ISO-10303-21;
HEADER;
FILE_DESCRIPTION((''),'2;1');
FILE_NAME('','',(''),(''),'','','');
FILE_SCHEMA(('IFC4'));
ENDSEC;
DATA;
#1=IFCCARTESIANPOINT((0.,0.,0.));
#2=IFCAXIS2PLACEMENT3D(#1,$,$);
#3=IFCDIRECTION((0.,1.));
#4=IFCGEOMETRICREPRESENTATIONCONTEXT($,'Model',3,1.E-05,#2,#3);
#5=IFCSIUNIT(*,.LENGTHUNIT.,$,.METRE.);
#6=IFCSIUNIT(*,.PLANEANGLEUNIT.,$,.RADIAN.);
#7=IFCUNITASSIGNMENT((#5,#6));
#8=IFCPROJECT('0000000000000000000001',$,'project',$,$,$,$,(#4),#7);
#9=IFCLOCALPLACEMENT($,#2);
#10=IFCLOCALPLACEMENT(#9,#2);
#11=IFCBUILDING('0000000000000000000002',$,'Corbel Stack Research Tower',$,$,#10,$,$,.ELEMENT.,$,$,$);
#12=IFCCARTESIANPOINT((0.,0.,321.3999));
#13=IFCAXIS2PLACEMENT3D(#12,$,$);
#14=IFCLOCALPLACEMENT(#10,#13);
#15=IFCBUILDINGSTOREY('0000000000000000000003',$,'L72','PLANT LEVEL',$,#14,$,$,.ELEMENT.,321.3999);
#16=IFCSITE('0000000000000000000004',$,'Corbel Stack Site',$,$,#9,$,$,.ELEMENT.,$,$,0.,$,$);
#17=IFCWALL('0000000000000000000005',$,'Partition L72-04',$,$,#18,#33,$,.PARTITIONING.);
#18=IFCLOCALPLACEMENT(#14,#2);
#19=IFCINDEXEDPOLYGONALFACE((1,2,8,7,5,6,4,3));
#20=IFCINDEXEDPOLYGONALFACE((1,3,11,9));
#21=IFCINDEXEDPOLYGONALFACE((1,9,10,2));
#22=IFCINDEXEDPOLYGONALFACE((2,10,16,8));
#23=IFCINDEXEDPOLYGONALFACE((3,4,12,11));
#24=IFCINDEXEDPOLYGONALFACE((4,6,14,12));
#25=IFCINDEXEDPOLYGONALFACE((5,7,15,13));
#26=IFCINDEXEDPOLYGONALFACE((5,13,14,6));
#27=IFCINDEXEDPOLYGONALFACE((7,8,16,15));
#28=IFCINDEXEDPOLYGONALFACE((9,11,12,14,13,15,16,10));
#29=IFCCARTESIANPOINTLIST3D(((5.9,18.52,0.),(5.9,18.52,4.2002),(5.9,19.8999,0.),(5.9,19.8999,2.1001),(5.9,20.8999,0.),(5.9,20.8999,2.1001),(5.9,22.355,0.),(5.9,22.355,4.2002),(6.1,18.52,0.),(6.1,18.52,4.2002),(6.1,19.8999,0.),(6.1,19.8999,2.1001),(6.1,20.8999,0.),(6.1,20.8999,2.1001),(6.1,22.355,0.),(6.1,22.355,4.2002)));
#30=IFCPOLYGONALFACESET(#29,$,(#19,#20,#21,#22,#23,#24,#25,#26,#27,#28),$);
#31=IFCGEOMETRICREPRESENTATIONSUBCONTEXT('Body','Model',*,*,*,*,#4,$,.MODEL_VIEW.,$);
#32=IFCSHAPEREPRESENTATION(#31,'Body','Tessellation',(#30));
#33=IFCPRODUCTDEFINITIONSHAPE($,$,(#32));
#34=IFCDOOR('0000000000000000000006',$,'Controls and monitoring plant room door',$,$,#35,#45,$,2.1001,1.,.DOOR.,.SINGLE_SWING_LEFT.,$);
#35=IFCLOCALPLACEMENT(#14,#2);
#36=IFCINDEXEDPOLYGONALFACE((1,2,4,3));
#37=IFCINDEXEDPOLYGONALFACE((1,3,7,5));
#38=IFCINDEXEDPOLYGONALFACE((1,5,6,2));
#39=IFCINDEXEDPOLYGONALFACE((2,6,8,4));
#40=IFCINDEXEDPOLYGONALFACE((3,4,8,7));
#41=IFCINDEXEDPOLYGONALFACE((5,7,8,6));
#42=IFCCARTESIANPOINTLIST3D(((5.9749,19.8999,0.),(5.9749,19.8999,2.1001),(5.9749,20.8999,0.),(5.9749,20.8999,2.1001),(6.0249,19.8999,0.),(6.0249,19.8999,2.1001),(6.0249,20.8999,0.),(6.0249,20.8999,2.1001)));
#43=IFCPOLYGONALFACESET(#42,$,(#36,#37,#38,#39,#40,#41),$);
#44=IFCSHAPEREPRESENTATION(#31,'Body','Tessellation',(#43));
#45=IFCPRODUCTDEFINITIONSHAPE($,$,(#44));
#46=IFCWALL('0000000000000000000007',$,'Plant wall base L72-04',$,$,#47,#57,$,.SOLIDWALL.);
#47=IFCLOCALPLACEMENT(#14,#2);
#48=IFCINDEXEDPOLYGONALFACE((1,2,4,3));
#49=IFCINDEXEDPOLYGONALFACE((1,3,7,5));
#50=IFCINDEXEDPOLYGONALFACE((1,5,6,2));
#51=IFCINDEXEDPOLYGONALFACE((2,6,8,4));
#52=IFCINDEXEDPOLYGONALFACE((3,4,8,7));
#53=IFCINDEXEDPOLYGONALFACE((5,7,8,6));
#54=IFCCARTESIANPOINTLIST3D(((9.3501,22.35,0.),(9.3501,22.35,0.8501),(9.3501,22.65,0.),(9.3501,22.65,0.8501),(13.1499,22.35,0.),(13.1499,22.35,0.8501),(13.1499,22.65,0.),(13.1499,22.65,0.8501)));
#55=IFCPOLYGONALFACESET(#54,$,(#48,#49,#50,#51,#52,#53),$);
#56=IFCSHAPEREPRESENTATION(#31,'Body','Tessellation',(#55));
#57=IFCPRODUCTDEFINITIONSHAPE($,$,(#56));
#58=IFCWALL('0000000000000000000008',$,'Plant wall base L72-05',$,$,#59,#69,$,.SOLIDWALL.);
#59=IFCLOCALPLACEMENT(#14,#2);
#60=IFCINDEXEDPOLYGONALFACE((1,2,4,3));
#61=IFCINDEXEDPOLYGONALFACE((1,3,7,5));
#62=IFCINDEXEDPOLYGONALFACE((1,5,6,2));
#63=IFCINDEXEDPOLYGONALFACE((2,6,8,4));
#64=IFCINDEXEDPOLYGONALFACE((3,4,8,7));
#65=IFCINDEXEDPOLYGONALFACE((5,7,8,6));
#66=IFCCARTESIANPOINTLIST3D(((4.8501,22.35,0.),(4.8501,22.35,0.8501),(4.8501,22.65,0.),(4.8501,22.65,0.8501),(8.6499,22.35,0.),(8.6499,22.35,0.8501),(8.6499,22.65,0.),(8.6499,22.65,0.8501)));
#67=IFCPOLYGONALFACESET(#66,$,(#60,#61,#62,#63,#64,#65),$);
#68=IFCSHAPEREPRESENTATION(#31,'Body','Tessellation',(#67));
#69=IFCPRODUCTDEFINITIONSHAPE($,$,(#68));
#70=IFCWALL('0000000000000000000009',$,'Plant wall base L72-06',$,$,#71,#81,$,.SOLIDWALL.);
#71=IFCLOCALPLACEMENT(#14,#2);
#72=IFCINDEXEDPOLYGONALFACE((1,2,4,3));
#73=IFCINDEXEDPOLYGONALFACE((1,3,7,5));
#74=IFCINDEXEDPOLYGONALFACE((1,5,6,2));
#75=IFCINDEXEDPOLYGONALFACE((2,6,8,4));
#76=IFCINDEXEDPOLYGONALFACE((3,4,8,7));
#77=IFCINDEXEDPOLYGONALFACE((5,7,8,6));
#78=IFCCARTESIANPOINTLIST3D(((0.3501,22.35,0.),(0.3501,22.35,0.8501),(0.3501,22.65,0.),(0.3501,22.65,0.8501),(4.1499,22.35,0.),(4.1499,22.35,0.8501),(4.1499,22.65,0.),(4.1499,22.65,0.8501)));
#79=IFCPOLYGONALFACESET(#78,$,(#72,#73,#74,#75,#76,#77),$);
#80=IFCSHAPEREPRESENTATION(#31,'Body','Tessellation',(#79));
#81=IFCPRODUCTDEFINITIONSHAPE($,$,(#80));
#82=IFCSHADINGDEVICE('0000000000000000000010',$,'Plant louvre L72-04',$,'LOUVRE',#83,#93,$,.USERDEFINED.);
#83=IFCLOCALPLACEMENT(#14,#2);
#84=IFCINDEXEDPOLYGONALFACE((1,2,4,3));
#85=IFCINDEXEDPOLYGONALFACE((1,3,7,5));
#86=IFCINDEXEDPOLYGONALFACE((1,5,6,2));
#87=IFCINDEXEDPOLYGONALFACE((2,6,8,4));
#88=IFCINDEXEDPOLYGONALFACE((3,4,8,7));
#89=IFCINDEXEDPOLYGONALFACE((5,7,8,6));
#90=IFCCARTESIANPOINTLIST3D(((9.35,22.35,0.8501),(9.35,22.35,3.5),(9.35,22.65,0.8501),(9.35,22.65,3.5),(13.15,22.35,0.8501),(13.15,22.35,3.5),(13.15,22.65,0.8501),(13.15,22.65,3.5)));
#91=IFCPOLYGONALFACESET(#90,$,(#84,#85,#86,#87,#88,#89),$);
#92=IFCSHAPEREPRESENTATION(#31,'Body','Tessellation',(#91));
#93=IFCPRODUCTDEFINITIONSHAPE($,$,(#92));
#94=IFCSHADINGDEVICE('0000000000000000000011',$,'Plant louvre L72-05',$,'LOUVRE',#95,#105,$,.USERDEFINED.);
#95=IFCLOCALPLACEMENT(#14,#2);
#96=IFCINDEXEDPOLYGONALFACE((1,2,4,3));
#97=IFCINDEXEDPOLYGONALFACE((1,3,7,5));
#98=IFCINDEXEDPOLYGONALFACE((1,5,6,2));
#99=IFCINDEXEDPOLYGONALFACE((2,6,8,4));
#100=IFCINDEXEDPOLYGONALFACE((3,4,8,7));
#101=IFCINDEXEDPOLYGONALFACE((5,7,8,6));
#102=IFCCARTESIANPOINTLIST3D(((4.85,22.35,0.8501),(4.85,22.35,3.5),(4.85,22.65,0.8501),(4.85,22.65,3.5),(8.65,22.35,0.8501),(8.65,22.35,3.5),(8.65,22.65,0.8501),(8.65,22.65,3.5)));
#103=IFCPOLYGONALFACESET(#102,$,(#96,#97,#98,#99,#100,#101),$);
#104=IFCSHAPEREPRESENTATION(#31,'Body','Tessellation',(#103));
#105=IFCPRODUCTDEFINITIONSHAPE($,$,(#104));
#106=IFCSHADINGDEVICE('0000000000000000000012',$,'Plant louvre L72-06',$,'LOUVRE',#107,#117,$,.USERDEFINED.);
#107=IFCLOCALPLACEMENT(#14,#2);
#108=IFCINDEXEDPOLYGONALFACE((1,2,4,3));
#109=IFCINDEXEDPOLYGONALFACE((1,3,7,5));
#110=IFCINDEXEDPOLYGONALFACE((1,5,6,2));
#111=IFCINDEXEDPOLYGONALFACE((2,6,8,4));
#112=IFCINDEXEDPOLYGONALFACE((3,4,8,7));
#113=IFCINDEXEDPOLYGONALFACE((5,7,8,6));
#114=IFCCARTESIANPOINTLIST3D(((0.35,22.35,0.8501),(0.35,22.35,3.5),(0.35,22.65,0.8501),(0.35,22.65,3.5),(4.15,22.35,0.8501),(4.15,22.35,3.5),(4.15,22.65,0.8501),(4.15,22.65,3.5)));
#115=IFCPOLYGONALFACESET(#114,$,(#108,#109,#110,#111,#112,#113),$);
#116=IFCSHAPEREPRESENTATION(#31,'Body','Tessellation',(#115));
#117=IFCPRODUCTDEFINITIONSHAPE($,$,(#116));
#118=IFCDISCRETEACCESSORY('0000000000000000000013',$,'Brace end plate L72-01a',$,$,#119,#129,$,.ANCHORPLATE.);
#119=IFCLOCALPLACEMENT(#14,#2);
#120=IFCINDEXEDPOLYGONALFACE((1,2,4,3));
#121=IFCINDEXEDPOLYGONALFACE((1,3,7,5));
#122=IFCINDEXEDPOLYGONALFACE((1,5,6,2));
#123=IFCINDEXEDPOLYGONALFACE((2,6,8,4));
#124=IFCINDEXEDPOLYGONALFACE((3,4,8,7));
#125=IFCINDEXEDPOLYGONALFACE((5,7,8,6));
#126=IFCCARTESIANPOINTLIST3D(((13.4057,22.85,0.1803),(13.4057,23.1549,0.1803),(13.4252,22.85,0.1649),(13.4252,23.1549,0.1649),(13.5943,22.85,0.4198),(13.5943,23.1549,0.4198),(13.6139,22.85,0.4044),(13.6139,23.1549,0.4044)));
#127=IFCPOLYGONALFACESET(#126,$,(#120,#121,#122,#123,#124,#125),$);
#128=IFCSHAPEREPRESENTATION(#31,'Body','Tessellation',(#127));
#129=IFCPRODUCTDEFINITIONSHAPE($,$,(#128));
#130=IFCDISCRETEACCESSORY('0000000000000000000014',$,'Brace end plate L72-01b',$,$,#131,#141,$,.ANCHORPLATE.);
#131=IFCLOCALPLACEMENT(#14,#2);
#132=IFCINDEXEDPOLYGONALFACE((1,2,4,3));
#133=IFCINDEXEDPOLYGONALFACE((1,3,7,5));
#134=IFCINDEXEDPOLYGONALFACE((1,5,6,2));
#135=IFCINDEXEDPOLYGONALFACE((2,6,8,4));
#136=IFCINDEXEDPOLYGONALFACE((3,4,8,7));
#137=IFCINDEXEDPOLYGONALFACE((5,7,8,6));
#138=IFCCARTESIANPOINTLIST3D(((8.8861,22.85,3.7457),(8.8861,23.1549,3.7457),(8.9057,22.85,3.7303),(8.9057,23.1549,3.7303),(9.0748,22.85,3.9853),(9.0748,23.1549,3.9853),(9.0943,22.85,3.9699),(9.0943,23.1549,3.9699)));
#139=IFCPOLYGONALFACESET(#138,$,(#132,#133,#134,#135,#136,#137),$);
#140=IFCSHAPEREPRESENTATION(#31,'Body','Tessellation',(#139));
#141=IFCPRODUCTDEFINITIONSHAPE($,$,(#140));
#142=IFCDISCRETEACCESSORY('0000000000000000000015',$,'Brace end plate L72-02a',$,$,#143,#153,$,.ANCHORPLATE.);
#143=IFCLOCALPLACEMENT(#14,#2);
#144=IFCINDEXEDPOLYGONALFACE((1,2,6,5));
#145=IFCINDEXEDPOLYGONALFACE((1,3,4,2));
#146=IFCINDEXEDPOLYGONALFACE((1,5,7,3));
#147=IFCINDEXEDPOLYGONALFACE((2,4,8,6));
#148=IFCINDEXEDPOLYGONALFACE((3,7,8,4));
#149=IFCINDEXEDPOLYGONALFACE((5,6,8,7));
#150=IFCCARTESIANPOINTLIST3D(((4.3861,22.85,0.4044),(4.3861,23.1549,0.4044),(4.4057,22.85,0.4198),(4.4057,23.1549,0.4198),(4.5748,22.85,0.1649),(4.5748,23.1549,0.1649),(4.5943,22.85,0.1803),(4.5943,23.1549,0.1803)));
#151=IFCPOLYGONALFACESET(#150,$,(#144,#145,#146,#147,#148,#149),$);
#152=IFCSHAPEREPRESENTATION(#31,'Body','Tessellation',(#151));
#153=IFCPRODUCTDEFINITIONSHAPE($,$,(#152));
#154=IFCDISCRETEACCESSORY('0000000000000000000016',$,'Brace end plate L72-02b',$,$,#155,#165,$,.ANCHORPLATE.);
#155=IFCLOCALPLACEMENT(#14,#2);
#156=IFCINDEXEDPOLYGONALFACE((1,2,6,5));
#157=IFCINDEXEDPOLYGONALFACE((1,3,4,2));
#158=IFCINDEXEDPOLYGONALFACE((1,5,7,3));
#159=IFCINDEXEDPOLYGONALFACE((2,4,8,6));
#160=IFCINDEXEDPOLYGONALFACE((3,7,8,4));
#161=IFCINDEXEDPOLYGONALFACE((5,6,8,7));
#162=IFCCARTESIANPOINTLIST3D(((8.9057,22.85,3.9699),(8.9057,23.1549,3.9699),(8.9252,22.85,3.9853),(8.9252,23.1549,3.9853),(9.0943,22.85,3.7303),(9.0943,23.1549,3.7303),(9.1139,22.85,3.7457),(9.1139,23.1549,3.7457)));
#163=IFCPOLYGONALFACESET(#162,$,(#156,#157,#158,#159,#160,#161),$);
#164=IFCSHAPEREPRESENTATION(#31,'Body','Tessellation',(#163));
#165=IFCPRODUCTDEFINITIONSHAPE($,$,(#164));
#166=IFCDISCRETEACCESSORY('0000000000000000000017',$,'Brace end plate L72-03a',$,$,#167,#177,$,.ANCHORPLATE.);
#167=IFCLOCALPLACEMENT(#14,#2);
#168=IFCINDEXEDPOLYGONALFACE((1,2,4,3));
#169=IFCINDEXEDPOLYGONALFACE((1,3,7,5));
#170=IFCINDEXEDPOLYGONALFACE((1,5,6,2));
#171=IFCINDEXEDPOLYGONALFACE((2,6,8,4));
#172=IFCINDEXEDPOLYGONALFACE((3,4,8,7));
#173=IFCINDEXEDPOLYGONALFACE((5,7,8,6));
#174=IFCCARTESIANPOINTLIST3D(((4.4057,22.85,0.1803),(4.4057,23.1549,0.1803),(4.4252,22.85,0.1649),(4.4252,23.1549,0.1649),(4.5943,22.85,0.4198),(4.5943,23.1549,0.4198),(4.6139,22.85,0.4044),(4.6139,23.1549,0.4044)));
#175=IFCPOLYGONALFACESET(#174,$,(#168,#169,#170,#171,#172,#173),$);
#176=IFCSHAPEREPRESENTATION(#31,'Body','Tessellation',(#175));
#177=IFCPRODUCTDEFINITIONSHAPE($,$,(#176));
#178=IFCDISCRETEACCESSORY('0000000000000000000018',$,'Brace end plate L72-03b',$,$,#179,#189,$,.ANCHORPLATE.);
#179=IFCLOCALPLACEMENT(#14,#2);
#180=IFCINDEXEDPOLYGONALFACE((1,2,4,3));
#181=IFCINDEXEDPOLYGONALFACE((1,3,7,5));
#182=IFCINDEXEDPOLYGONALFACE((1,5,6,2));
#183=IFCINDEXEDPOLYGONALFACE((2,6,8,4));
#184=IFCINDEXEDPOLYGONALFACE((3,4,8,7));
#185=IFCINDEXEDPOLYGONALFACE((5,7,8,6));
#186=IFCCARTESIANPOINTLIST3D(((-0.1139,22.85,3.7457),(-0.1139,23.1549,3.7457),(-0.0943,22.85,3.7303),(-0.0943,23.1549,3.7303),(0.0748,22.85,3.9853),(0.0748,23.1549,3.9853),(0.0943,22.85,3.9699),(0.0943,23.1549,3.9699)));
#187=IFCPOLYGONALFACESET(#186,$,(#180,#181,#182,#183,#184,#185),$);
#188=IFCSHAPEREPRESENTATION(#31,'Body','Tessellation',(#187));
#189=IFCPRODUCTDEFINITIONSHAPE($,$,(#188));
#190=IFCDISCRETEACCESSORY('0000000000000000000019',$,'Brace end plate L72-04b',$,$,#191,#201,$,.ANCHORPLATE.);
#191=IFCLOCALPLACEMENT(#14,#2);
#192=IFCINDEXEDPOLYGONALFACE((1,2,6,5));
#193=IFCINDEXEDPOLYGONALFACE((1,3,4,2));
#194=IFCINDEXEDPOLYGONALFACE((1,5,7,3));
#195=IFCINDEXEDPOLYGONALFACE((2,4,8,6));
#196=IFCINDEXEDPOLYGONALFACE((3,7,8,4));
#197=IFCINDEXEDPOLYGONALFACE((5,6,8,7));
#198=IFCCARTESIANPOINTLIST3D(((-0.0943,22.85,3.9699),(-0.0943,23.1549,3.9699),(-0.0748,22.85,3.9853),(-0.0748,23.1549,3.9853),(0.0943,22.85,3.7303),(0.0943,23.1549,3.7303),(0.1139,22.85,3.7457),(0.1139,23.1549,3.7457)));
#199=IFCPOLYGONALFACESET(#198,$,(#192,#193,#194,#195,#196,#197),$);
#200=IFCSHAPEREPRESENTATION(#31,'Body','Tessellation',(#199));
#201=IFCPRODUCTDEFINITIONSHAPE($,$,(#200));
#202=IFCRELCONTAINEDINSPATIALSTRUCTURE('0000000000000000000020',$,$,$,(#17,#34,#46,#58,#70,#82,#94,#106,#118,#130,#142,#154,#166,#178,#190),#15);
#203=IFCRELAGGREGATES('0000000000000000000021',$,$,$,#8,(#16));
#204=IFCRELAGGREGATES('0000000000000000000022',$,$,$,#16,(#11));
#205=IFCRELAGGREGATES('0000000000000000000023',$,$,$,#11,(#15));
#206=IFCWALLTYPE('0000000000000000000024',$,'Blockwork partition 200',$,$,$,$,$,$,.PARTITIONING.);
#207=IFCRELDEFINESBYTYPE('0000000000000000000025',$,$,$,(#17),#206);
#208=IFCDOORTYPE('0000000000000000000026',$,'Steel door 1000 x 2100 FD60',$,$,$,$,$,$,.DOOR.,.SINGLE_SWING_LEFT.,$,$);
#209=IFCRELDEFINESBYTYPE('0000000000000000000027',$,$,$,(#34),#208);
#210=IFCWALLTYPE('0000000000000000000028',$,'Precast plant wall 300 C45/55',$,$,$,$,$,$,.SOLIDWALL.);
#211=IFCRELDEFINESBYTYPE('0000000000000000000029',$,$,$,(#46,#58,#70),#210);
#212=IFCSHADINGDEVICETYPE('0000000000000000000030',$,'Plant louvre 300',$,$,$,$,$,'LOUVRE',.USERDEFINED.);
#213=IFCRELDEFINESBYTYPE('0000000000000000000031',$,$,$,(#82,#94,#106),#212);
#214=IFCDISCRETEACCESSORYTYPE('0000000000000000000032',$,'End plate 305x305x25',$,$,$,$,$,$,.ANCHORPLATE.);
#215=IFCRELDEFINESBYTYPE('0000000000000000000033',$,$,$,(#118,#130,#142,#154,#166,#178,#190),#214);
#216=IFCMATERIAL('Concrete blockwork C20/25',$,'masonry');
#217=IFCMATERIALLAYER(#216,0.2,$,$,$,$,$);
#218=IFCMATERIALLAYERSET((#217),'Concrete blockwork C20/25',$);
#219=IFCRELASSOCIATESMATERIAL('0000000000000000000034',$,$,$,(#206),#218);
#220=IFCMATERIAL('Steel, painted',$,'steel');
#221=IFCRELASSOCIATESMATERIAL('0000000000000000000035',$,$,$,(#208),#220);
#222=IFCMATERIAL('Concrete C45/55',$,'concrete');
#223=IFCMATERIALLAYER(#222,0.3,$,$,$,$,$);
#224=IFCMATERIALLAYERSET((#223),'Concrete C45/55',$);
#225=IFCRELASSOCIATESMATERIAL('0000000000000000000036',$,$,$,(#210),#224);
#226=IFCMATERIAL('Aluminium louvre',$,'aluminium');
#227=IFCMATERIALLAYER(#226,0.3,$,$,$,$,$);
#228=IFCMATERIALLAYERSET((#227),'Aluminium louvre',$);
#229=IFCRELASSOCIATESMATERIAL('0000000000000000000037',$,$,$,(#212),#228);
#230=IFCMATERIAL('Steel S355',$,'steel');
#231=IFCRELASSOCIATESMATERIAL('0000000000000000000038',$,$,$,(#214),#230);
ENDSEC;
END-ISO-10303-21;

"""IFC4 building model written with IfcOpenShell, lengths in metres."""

from ifc_helpers import new_model, si_unit, direction, frame, frame_2d, origin, origin_2d, place, context, subcontext, project, spatial, rectangle, extrude, material, layer, layer_set, material_profile, profile_set, type_object, element, fill, save


model = new_model("IFC4")

# Units and contexts
model_context = context("Model", 3, precision=1e-05, world=origin(), true_north=direction((0.0, 1.0)))
body_context = subcontext(model_context, "Body", "Model", "MODEL_VIEW")
ifc_project = project(units=[si_unit("LENGTHUNIT", "METRE"), si_unit("PLANEANGLEUNIT", "RADIAN")], contexts=[model_context])

# Site, building, storey
site_placement = place(None, origin())
site = spatial("IfcSite", under=ifc_project, at=site_placement, Name="Corbel Stack Site", CompositionType="ELEMENT", RefElevation=0.0)
building_placement = place(site_placement, origin())
building = spatial("IfcBuilding", under=site, at=building_placement, Name="Corbel Stack Research Tower", CompositionType="ELEMENT")
storey_placement = place(building_placement, frame((0.0, 0.0, 321.3999)))
storey = spatial("IfcBuildingStorey", under=building, at=storey_placement, Name="L72", Description="PLANT LEVEL", CompositionType="ELEMENT", Elevation=321.3999)

# Wall, opening, door
ifc_material_1 = material(Name="Concrete blockwork C20/25", Category="masonry")
ifc_layer_1 = layer(ifc_material_1, 0.2)
ifc_layer_set_1 = layer_set([ifc_layer_1], Name="Concrete blockwork C20/25")
wall_type_1 = type_object("IfcWallType", Name="Blockwork partition 200", PredefinedType="PARTITIONING", material=ifc_layer_set_1)
ifc_material_2 = material(Name="Steel, painted", Category="steel")
door_type = type_object("IfcDoorType", Name="Steel door 1000 x 2100 FD60", OperationType="SINGLE_SWING_LEFT", PredefinedType="DOOR", material=ifc_material_2)
wall_1_placement = place(storey_placement, frame((6.0, 22.355, 0.0), z_axis=(0.0, 0.0, 1.0), x_axis=(0.0, -1.0, 0.0)))
wall_1 = element("IfcWall", 1, at=wall_1_placement, inside=storey, type_object=wall_type_1, Name="Partition L72-04", PredefinedType="PARTITIONING", context=body_context, shape_type="SweptSolid", body=[
    extrude(rectangle(XDim=3.835, YDim=0.2, at=frame_2d((1.9175, 0.0))), origin(), (0.0, 0.0, 1.0), 4.2002),
])
opening_1_placement = place(wall_1_placement, frame((1.4551, 0.0, 0.0)))
opening_1 = element("IfcOpeningElement", 2, at=opening_1_placement, cuts=wall_1, PredefinedType="OPENING", context=body_context, shape_type="SweptSolid", body=[
    extrude(rectangle(XDim=1.0, YDim=2.1001, at=frame_2d((0.5, 1.05))), frame((0.0, 0.1099, 0.0), z_axis=(0.0, -1.0, 0.0), x_axis=(1.0, 0.0, 0.0)), (0.0, 0.0, 1.0), 0.22),
])
door_1_placement = place(opening_1_placement, origin())
door_1 = element("IfcDoor", 3, at=door_1_placement, inside=storey, type_object=door_type, Name="Controls and monitoring plant room door", OperationType="SINGLE_SWING_LEFT", OverallHeight=2.1001, OverallWidth=1.0, PredefinedType="DOOR", context=body_context, shape_type="SweptSolid", body=[
    extrude(rectangle(XDim=1.0, YDim=2.1001, at=frame_2d((0.5, 1.05))), frame((0.0, 0.0249, 0.0), z_axis=(0.0, -1.0, 0.0), x_axis=(1.0, 0.0, 0.0)), (0.0, 0.0, 1.0), 0.05),
])
fill(opening_1, door_1)

# Walls
ifc_material_3 = material(Name="Concrete C45/55", Category="concrete")
ifc_layer_2 = layer(ifc_material_3, 0.3)
ifc_layer_set_2 = layer_set([ifc_layer_2], Name="Concrete C45/55")
wall_type_2 = type_object("IfcWallType", Name="Precast plant wall 300 C45/55", PredefinedType="SOLIDWALL", material=ifc_layer_set_2)
for number, where, z_axis, x_axis, name in (
    (4, (13.1499, 22.5, 0.0), (0.0, 0.0, 1.0), (-1.0, 0.0, 0.0), "Plant wall base L72-04"),
    (5, (8.6499, 22.5, 0.0), (0.0, 0.0, 1.0), (-1.0, 0.0, 0.0), "Plant wall base L72-05"),
    (6, (4.1499, 22.5, 0.0), (0.0, 0.0, 1.0), (-1.0, 0.0, 0.0), "Plant wall base L72-06"),
):
    element("IfcWall", number, at=place(storey_placement, frame(where, z_axis=z_axis, x_axis=x_axis)), inside=storey, type_object=wall_type_2, Name=name, PredefinedType="SOLIDWALL", context=body_context, shape_type="SweptSolid", body=[
        extrude(rectangle(XDim=3.7998, YDim=0.3, at=frame_2d((1.8999, 0.0))), origin(), (0.0, 0.0, 1.0), 0.8501),
    ])

# Shading devices
ifc_material_4 = material(Name="Aluminium louvre", Category="aluminium")
ifc_layer_3 = layer(ifc_material_4, 0.3)
ifc_layer_set_3 = layer_set([ifc_layer_3], Name="Aluminium louvre")
shading_device_type = type_object("IfcShadingDeviceType", Name="Plant louvre 300", ElementType="LOUVRE", PredefinedType="USERDEFINED", material=ifc_layer_set_3)
for number, where, z_axis, x_axis, name in (
    (7, (11.25, 22.5, 0.8501), (0.0, 0.0, 1.0), (-1.0, 0.0, 0.0), "Plant louvre L72-04"),
    (8, (6.75, 22.5, 0.8501), (0.0, 0.0, 1.0), (-1.0, 0.0, 0.0), "Plant louvre L72-05"),
    (9, (2.25, 22.5, 0.8501), (0.0, 0.0, 1.0), (-1.0, 0.0, 0.0), "Plant louvre L72-06"),
):
    element("IfcShadingDevice", number, at=place(storey_placement, frame(where, z_axis=z_axis, x_axis=x_axis)), inside=storey, type_object=shading_device_type, Name=name, ObjectType="LOUVRE", PredefinedType="USERDEFINED", context=body_context, shape_type="SweptSolid", body=[
        extrude(rectangle(XDim=3.8, YDim=0.3, at=origin_2d()), origin(), (0.0, 0.0, 1.0), 2.6499),
    ])

# Discrete accessories
ifc_material_5 = material(Name="Steel S355", Category="steel")
ifc_material_profile_1 = material_profile(ifc_material_5, rectangle(XDim=0.3049, YDim=0.3049, at=origin_2d()), Name="End plate 305x305x25")
ifc_profile_set_1 = profile_set([ifc_material_profile_1], Name="Steel S355")
discrete_accessory_type = type_object("IfcDiscreteAccessoryType", Name="End plate 305x305x25", PredefinedType="ANCHORPLATE", material=ifc_profile_set_1)
for number, where, z_axis, x_axis, name in (
    (10, (13.5, 23.0024, 0.3), (0.785636, 0.0, -0.618689), (0.0, 1.0, 0.0), "Brace end plate L72-01a"),
    (11, (9.0, 23.0024, 3.8501), (-0.785636, 0.0, 0.618689), (0.0, -1.0, 0.0), "Brace end plate L72-01b"),
    (12, (4.5, 23.0024, 0.3), (-0.785636, 0.0, -0.618689), (0.0, -1.0, 0.0), "Brace end plate L72-02a"),
    (13, (9.0, 23.0024, 3.8501), (0.785636, 0.0, 0.618689), (0.0, 1.0, 0.0), "Brace end plate L72-02b"),
    (14, (4.5, 23.0024, 0.3), (0.785636, 0.0, -0.618689), (0.0, 1.0, 0.0), "Brace end plate L72-03a"),
    (15, (0.0, 23.0024, 3.8501), (-0.785636, 0.0, 0.618689), (0.0, -1.0, 0.0), "Brace end plate L72-03b"),
    (16, (0.0, 23.0024, 3.8501), (0.785636, 0.0, 0.618689), (0.0, 1.0, 0.0), "Brace end plate L72-04b"),
):
    element("IfcDiscreteAccessory", number, at=place(storey_placement, frame(where, z_axis=z_axis, x_axis=x_axis)), inside=storey, type_object=discrete_accessory_type, Name=name, PredefinedType="ANCHORPLATE", context=body_context, shape_type="SweptSolid", body=[
        extrude(rectangle(XDim=0.3049, YDim=0.3049, at=origin_2d()), origin(), (0.0, 0.0, 1.0), 0.0249),
    ])

save(model, "model.ifc")
